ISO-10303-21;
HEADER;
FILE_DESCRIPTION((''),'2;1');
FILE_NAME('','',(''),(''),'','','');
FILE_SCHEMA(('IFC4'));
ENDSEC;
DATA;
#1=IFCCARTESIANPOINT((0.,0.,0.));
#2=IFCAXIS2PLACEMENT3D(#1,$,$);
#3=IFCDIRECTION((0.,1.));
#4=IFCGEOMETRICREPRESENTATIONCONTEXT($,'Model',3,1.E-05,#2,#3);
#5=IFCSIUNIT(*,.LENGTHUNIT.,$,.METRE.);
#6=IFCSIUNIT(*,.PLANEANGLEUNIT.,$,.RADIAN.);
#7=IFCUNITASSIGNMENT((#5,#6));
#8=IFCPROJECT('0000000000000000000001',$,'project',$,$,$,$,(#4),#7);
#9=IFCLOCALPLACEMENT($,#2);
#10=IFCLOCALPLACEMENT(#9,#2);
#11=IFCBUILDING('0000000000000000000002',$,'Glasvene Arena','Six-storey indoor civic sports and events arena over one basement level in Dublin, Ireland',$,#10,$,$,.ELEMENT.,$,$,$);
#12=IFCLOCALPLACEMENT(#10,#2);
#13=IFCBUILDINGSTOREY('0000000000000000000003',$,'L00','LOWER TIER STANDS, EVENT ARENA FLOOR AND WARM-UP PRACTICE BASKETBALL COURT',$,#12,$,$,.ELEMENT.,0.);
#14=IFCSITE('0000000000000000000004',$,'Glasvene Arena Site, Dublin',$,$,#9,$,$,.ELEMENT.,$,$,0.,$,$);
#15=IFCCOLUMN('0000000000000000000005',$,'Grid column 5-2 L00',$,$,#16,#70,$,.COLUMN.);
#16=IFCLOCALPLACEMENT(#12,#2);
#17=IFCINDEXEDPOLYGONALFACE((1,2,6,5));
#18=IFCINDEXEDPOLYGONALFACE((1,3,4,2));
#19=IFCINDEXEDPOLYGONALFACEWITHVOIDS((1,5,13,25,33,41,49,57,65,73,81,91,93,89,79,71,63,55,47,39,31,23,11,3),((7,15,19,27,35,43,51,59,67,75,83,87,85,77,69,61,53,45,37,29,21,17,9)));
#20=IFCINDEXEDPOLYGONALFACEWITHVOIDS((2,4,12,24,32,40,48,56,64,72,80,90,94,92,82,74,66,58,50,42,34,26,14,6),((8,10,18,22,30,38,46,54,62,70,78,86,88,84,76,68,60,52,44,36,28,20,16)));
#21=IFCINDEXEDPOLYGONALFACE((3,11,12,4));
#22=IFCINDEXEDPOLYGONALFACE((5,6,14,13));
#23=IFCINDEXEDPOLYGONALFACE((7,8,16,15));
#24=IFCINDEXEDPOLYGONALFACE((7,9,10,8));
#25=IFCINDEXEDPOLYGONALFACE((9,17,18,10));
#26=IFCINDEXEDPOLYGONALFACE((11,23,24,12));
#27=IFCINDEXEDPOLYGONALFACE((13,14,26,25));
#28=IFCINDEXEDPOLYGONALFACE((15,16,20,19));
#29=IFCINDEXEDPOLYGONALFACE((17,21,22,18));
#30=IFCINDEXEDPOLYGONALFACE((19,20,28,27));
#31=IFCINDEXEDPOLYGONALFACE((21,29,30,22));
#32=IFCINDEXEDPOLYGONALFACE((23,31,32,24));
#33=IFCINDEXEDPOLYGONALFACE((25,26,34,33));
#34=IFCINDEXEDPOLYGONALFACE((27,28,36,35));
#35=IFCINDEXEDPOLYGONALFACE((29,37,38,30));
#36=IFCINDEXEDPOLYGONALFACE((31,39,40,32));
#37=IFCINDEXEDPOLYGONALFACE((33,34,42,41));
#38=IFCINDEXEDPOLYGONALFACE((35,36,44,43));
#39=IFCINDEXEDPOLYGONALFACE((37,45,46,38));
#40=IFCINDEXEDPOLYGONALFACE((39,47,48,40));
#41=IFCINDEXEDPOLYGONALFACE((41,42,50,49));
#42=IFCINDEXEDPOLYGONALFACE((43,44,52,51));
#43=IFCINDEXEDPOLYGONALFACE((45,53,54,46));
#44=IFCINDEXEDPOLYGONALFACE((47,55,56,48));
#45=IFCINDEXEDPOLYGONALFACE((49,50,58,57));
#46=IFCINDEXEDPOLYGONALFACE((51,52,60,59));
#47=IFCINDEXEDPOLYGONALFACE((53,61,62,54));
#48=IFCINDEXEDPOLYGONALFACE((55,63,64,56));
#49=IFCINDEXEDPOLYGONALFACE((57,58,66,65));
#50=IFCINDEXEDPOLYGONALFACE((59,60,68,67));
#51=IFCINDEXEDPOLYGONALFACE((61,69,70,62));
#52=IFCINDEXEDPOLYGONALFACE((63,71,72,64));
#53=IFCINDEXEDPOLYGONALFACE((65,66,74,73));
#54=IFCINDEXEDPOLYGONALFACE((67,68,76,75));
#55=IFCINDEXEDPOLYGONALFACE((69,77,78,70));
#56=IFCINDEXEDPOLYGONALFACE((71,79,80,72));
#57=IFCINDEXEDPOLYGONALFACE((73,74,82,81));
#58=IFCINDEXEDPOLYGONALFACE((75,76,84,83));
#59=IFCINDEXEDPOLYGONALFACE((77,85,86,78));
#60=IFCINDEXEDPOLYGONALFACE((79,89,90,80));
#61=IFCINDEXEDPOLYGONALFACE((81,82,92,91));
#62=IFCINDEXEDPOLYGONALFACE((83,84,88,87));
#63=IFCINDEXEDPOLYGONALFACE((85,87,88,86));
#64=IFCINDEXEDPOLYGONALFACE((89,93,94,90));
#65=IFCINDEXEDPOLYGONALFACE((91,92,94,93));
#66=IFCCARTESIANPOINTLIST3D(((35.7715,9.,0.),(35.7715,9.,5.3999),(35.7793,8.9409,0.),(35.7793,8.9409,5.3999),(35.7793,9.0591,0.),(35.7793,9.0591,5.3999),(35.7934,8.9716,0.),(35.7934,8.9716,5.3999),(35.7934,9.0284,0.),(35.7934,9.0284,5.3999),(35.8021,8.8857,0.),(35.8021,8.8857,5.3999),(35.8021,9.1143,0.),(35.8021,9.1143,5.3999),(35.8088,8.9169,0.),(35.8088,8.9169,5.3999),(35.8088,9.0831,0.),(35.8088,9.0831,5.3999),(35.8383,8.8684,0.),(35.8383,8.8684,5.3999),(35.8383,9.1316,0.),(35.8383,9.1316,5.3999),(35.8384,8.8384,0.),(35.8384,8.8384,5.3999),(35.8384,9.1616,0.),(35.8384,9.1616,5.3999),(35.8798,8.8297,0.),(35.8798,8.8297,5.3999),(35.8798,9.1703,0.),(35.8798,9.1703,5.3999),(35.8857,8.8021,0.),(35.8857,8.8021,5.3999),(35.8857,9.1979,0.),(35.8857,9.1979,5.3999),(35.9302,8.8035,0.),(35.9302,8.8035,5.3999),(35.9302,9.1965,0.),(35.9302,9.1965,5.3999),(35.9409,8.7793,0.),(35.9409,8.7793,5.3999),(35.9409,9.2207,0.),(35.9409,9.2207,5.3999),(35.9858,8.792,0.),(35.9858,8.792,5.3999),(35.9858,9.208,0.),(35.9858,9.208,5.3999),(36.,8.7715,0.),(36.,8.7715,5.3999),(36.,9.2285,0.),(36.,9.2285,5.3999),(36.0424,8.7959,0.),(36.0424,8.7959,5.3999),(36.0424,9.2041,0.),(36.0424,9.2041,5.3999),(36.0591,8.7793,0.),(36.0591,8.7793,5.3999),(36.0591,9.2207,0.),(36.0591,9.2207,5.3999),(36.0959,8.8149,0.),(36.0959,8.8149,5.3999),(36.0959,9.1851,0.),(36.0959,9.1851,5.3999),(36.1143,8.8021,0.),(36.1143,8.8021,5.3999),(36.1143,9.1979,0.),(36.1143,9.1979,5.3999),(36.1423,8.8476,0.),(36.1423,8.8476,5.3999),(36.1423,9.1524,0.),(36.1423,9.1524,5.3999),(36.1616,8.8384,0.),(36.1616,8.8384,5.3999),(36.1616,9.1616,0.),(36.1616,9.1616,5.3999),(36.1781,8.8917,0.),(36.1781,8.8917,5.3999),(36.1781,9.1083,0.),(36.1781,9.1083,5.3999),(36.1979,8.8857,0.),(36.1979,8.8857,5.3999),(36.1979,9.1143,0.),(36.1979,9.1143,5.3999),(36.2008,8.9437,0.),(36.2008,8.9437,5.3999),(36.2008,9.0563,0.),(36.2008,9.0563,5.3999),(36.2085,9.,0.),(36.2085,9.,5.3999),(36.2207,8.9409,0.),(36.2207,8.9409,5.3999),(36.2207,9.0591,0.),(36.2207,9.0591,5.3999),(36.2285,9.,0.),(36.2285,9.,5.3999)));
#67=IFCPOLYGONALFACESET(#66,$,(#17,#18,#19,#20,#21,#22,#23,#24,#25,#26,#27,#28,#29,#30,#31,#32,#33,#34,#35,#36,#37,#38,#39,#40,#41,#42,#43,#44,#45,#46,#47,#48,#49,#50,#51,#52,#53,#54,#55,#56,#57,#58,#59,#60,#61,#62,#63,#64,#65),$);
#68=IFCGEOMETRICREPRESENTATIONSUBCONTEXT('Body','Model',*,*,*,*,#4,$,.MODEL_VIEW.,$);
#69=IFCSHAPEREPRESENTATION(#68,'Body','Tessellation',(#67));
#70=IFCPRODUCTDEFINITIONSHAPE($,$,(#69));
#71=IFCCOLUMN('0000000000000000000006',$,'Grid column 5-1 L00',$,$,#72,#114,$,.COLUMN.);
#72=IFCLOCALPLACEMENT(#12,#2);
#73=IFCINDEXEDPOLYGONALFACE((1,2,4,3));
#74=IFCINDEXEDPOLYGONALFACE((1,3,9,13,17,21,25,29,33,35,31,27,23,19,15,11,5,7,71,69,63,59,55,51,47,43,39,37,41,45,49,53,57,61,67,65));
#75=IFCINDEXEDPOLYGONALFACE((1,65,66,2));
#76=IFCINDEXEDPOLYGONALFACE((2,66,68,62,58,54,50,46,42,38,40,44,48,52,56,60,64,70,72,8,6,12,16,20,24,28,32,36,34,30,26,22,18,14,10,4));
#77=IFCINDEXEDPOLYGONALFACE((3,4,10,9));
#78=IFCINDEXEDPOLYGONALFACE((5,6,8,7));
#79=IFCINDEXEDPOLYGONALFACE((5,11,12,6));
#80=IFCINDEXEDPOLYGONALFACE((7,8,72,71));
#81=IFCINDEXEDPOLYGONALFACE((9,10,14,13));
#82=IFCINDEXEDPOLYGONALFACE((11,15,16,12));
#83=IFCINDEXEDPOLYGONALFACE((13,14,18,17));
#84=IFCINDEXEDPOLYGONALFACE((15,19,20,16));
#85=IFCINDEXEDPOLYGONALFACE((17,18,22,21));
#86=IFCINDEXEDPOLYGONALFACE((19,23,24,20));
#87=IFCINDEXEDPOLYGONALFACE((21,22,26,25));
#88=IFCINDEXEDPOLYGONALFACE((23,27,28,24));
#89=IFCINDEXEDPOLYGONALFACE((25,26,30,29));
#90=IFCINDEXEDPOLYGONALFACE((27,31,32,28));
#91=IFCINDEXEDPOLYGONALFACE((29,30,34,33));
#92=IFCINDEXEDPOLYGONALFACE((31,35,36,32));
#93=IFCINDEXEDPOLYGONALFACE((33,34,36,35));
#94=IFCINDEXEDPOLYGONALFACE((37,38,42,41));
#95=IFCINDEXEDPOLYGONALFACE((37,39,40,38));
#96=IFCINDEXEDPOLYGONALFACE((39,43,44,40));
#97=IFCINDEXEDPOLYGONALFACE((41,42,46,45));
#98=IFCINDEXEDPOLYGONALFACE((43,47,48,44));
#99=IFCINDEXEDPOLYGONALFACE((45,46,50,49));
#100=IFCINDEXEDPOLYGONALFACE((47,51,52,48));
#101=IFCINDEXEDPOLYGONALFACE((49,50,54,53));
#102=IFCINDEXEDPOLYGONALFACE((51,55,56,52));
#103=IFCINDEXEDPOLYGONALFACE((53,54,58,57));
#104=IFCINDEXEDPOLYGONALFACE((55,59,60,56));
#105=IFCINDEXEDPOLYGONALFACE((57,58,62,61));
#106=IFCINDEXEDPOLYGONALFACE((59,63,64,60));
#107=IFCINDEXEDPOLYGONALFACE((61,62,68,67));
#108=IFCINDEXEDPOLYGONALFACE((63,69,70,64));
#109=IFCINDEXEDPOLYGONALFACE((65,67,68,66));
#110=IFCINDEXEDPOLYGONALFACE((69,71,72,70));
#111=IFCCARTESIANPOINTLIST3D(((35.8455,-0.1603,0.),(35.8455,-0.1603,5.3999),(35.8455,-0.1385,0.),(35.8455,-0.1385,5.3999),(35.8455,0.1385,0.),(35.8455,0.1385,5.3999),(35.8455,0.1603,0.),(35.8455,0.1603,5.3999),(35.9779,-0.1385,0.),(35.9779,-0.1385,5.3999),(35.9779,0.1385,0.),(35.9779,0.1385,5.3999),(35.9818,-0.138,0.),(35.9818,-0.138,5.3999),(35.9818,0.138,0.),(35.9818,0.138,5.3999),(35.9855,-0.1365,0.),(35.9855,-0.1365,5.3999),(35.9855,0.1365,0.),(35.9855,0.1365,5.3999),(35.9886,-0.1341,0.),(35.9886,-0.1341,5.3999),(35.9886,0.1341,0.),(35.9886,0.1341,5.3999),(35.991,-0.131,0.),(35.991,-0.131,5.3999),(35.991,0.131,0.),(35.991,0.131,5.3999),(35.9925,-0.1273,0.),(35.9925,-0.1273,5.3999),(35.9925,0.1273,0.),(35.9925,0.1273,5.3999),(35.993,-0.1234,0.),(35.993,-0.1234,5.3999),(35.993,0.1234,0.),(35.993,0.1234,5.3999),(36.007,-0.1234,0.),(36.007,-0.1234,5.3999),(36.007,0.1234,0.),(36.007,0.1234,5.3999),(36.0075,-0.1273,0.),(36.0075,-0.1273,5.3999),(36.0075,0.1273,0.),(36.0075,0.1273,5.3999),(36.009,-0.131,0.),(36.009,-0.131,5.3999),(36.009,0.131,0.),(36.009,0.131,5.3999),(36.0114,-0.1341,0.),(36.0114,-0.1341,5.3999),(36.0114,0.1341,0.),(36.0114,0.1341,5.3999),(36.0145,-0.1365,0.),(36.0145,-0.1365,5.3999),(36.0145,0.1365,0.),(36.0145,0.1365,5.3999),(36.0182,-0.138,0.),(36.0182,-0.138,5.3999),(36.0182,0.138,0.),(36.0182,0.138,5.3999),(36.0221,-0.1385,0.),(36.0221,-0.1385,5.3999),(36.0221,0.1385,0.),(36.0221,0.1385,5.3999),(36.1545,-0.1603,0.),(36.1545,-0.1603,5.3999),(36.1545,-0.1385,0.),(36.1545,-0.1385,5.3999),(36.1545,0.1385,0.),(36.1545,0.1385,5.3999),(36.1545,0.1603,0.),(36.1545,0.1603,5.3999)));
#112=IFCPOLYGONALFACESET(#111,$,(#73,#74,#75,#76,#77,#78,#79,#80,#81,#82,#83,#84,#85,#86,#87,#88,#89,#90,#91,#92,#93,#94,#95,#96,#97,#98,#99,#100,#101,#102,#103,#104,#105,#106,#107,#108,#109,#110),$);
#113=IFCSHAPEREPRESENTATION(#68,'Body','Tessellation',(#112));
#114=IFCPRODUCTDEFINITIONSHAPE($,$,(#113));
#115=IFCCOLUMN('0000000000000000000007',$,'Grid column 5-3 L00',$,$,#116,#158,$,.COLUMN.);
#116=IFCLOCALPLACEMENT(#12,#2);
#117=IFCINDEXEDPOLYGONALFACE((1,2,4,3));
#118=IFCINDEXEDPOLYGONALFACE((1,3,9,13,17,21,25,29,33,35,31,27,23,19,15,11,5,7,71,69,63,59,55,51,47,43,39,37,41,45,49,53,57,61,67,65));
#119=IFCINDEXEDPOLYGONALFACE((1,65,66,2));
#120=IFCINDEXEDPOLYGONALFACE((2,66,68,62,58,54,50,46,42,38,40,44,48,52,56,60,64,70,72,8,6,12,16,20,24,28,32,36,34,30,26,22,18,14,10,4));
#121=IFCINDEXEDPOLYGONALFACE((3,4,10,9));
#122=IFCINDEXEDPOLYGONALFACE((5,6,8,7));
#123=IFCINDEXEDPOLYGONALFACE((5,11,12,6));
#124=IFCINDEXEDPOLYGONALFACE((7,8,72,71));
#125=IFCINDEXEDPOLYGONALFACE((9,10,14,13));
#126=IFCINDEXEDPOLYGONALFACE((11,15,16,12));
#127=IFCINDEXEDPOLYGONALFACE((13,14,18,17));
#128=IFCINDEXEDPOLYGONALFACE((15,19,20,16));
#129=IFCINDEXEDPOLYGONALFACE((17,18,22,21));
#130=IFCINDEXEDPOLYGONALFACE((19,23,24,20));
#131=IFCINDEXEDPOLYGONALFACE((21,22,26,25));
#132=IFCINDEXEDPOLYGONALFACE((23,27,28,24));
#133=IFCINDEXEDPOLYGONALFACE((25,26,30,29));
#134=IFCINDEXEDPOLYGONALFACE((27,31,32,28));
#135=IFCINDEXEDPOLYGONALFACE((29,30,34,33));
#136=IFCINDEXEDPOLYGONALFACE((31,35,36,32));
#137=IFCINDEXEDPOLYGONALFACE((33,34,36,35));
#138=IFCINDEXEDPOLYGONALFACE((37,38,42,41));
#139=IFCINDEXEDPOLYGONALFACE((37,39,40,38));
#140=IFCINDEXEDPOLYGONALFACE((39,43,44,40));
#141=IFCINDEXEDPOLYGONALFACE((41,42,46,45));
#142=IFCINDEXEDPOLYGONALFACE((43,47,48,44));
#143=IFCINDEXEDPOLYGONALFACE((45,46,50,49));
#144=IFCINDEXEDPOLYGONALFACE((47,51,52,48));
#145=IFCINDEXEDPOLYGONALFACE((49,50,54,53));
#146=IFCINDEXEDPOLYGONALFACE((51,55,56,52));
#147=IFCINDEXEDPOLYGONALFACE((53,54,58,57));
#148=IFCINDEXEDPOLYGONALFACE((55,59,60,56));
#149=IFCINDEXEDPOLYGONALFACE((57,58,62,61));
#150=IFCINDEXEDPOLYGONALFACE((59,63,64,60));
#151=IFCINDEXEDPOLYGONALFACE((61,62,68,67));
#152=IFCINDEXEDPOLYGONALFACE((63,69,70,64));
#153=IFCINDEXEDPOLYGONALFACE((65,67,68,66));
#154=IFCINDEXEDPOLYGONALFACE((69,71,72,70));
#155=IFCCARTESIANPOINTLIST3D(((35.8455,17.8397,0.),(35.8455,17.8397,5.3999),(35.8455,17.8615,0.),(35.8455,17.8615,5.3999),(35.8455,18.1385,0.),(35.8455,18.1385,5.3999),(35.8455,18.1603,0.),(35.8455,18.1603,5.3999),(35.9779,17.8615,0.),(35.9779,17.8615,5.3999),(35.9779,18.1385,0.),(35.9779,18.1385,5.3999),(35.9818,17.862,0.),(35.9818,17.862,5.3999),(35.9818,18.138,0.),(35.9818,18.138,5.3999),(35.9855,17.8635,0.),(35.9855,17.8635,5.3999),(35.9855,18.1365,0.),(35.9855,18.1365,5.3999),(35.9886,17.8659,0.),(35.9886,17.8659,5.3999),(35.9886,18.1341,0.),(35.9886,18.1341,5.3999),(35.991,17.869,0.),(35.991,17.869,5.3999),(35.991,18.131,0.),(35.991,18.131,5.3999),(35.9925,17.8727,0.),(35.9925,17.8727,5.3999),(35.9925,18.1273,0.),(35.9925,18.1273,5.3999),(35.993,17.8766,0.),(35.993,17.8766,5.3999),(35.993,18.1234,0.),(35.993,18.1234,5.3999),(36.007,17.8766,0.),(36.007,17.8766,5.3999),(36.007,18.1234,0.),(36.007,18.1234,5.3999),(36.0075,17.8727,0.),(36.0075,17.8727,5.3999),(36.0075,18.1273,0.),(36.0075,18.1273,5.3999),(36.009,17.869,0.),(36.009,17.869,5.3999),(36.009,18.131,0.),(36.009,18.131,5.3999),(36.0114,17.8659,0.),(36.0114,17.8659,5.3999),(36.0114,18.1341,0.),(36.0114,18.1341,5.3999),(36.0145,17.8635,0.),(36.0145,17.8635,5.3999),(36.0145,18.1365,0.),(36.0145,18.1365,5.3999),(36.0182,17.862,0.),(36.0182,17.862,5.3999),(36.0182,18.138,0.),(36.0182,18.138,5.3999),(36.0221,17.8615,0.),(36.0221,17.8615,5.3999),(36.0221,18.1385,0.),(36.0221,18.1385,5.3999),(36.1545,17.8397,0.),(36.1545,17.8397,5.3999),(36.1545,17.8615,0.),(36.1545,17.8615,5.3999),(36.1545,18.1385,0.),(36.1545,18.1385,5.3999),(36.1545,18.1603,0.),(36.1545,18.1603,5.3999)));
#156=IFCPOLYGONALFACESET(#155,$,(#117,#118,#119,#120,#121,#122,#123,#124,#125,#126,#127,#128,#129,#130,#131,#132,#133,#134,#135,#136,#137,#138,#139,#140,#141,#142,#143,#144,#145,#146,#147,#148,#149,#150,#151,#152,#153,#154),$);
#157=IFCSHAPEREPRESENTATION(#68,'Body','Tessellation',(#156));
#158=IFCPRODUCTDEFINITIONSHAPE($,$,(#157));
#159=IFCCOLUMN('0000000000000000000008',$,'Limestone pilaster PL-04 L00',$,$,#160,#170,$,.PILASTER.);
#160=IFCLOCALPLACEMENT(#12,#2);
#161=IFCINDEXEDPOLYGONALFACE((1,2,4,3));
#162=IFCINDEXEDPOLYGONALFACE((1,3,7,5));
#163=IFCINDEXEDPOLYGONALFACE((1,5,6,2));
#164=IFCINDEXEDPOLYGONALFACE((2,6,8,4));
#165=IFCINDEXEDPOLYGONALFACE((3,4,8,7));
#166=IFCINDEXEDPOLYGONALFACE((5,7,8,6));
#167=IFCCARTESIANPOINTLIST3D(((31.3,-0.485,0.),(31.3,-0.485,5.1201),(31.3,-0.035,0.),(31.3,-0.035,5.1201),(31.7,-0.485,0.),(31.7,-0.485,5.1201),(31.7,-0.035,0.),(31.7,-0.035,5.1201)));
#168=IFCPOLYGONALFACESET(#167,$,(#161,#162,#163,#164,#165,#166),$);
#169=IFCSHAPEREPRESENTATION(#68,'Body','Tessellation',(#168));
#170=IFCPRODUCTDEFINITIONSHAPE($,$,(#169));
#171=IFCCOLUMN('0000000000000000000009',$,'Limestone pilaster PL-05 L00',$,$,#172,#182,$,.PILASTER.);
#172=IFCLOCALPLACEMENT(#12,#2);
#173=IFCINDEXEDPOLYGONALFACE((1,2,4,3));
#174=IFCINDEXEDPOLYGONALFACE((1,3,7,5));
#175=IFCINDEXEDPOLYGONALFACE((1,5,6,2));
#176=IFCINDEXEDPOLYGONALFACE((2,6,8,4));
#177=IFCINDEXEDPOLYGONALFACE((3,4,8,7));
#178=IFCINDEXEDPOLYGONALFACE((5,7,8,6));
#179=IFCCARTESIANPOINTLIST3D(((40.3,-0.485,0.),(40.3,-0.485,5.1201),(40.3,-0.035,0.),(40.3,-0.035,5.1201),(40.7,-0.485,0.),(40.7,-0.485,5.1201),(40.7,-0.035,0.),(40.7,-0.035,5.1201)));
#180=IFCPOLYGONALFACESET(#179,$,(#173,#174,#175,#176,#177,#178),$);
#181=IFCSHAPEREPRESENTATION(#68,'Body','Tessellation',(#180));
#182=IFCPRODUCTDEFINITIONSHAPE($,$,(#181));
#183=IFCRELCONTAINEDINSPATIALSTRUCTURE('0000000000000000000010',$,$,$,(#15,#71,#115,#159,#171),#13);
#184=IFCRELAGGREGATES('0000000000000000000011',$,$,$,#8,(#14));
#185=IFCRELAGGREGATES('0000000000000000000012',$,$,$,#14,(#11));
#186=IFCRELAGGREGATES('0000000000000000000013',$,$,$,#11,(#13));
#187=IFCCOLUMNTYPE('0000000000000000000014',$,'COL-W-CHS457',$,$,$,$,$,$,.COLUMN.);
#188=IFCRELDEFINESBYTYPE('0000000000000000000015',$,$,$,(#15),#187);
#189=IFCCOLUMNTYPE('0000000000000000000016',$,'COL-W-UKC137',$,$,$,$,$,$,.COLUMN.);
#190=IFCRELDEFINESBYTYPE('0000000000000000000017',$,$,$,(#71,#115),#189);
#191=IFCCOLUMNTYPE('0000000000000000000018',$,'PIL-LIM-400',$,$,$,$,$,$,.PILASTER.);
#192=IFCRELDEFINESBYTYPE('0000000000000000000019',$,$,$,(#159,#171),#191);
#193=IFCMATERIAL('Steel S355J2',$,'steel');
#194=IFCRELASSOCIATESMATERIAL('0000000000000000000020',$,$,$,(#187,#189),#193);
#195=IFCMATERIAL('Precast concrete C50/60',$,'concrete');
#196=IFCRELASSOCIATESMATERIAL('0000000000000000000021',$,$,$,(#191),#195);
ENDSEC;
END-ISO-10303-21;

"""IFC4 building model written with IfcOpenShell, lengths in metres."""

from ifc_helpers import new_model, si_unit, direction, frame, origin, origin_2d, place, context, subcontext, project, spatial, rectangle, hollow_circle, i_section, extrude, material, material_profile, profile_set, type_object, element, save


model = new_model("IFC4")

# Units and contexts
model_context = context("Model", 3, precision=1e-05, world=origin(), true_north=direction((0.0, 1.0)))
body_context = subcontext(model_context, "Body", "Model", "MODEL_VIEW")
ifc_project = project(units=[si_unit("LENGTHUNIT", "METRE"), si_unit("PLANEANGLEUNIT", "RADIAN")], contexts=[model_context])

# Site, building, storey
site_placement = place(None, origin())
site = spatial("IfcSite", under=ifc_project, at=site_placement, Name="Glasvene Arena Site, Dublin", CompositionType="ELEMENT", RefElevation=0.0)
building_placement = place(site_placement, origin())
building = spatial("IfcBuilding", under=site, at=building_placement, Name="Glasvene Arena", Description="Six-storey indoor civic sports and events arena over one basement level in Dublin, Ireland", CompositionType="ELEMENT")
storey_placement = place(building_placement, origin())
storey = spatial("IfcBuildingStorey", under=building, at=storey_placement, Name="L00", Description="LOWER TIER STANDS, EVENT ARENA FLOOR AND WARM-UP PRACTICE BASKETBALL COURT", CompositionType="ELEMENT", Elevation=0.0)

# Columns
ifc_material_1 = material(Name="Steel S355J2", Category="steel")
ifc_material_profile_1 = material_profile(ifc_material_1, hollow_circle(Radius=0.2285, WallThickness=0.02, at=origin_2d()), Name="CHS 457.0x20.0")
ifc_profile_set_1 = profile_set([ifc_material_profile_1], Name="Steel S355J2")
column_type_1 = type_object("IfcColumnType", Name="COL-W-CHS457", PredefinedType="COLUMN", material=ifc_profile_set_1)
column_placement = place(storey_placement, frame((36.0, 9.0, 0.0), z_axis=(0.0, 0.0, 1.0), x_axis=(1.0, 0.0, 0.0)))
element("IfcColumn", 1, at=column_placement, inside=storey, type_object=column_type_1, Name="Grid column 5-2 L00", PredefinedType="COLUMN", context=body_context, shape_type="SweptSolid", body=[
    extrude(hollow_circle(Radius=0.2285, WallThickness=0.02, at=origin_2d()), origin(), (0.0, 0.0, 1.0), 5.3999),
])
ifc_material_profile_2 = material_profile(ifc_material_1, i_section(OverallWidth=0.3091, OverallDepth=0.3206, WebThickness=0.0139, FlangeThickness=0.0217, FilletRadius=0.0151, at=origin_2d()), Name="UKC 305x305x137")
ifc_profile_set_2 = profile_set([ifc_material_profile_2], Name="Steel S355J2")
column_type_2 = type_object("IfcColumnType", Name="COL-W-UKC137", PredefinedType="COLUMN", material=ifc_profile_set_2)
for number, where, z_axis, x_axis, name in (
    (2, (36.0, 0.0, 0.0), (0.0, 0.0, 1.0), (1.0, 0.0, 0.0), "Grid column 5-1 L00"),
    (3, (36.0, 18.0, 0.0), (0.0, 0.0, 1.0), (1.0, 0.0, 0.0), "Grid column 5-3 L00"),
):
    element("IfcColumn", number, at=place(storey_placement, frame(where, z_axis=z_axis, x_axis=x_axis)), inside=storey, type_object=column_type_2, Name=name, PredefinedType="COLUMN", context=body_context, shape_type="SweptSolid", body=[
        extrude(i_section(OverallWidth=0.3091, OverallDepth=0.3206, WebThickness=0.0139, FlangeThickness=0.0217, FilletRadius=0.0151, at=origin_2d()), origin(), (0.0, 0.0, 1.0), 5.3999),
    ])
ifc_material_2 = material(Name="Precast concrete C50/60", Category="concrete")
ifc_material_profile_3 = material_profile(ifc_material_2, rectangle(XDim=0.3999, YDim=0.45, at=origin_2d()), Name="RC 400x450")
ifc_profile_set_3 = profile_set([ifc_material_profile_3], Name="Precast concrete C50/60")
column_type_3 = type_object("IfcColumnType", Name="PIL-LIM-400", PredefinedType="PILASTER", material=ifc_profile_set_3)
for number, where, z_axis, x_axis, name in (
    (4, (31.5, -0.26, 0.0), (0.0, 0.0, 1.0), (1.0, 0.0, 0.0), "Limestone pilaster PL-04 L00"),
    (5, (40.5, -0.26, 0.0), (0.0, 0.0, 1.0), (1.0, 0.0, 0.0), "Limestone pilaster PL-05 L00"),
):
    element("IfcColumn", number, at=place(storey_placement, frame(where, z_axis=z_axis, x_axis=x_axis)), inside=storey, type_object=column_type_3, Name=name, PredefinedType="PILASTER", context=body_context, shape_type="SweptSolid", body=[
        extrude(rectangle(XDim=0.3999, YDim=0.45, at=origin_2d()), origin(), (0.0, 0.0, 1.0), 5.1201),
    ])

save(model, "model.ifc")
